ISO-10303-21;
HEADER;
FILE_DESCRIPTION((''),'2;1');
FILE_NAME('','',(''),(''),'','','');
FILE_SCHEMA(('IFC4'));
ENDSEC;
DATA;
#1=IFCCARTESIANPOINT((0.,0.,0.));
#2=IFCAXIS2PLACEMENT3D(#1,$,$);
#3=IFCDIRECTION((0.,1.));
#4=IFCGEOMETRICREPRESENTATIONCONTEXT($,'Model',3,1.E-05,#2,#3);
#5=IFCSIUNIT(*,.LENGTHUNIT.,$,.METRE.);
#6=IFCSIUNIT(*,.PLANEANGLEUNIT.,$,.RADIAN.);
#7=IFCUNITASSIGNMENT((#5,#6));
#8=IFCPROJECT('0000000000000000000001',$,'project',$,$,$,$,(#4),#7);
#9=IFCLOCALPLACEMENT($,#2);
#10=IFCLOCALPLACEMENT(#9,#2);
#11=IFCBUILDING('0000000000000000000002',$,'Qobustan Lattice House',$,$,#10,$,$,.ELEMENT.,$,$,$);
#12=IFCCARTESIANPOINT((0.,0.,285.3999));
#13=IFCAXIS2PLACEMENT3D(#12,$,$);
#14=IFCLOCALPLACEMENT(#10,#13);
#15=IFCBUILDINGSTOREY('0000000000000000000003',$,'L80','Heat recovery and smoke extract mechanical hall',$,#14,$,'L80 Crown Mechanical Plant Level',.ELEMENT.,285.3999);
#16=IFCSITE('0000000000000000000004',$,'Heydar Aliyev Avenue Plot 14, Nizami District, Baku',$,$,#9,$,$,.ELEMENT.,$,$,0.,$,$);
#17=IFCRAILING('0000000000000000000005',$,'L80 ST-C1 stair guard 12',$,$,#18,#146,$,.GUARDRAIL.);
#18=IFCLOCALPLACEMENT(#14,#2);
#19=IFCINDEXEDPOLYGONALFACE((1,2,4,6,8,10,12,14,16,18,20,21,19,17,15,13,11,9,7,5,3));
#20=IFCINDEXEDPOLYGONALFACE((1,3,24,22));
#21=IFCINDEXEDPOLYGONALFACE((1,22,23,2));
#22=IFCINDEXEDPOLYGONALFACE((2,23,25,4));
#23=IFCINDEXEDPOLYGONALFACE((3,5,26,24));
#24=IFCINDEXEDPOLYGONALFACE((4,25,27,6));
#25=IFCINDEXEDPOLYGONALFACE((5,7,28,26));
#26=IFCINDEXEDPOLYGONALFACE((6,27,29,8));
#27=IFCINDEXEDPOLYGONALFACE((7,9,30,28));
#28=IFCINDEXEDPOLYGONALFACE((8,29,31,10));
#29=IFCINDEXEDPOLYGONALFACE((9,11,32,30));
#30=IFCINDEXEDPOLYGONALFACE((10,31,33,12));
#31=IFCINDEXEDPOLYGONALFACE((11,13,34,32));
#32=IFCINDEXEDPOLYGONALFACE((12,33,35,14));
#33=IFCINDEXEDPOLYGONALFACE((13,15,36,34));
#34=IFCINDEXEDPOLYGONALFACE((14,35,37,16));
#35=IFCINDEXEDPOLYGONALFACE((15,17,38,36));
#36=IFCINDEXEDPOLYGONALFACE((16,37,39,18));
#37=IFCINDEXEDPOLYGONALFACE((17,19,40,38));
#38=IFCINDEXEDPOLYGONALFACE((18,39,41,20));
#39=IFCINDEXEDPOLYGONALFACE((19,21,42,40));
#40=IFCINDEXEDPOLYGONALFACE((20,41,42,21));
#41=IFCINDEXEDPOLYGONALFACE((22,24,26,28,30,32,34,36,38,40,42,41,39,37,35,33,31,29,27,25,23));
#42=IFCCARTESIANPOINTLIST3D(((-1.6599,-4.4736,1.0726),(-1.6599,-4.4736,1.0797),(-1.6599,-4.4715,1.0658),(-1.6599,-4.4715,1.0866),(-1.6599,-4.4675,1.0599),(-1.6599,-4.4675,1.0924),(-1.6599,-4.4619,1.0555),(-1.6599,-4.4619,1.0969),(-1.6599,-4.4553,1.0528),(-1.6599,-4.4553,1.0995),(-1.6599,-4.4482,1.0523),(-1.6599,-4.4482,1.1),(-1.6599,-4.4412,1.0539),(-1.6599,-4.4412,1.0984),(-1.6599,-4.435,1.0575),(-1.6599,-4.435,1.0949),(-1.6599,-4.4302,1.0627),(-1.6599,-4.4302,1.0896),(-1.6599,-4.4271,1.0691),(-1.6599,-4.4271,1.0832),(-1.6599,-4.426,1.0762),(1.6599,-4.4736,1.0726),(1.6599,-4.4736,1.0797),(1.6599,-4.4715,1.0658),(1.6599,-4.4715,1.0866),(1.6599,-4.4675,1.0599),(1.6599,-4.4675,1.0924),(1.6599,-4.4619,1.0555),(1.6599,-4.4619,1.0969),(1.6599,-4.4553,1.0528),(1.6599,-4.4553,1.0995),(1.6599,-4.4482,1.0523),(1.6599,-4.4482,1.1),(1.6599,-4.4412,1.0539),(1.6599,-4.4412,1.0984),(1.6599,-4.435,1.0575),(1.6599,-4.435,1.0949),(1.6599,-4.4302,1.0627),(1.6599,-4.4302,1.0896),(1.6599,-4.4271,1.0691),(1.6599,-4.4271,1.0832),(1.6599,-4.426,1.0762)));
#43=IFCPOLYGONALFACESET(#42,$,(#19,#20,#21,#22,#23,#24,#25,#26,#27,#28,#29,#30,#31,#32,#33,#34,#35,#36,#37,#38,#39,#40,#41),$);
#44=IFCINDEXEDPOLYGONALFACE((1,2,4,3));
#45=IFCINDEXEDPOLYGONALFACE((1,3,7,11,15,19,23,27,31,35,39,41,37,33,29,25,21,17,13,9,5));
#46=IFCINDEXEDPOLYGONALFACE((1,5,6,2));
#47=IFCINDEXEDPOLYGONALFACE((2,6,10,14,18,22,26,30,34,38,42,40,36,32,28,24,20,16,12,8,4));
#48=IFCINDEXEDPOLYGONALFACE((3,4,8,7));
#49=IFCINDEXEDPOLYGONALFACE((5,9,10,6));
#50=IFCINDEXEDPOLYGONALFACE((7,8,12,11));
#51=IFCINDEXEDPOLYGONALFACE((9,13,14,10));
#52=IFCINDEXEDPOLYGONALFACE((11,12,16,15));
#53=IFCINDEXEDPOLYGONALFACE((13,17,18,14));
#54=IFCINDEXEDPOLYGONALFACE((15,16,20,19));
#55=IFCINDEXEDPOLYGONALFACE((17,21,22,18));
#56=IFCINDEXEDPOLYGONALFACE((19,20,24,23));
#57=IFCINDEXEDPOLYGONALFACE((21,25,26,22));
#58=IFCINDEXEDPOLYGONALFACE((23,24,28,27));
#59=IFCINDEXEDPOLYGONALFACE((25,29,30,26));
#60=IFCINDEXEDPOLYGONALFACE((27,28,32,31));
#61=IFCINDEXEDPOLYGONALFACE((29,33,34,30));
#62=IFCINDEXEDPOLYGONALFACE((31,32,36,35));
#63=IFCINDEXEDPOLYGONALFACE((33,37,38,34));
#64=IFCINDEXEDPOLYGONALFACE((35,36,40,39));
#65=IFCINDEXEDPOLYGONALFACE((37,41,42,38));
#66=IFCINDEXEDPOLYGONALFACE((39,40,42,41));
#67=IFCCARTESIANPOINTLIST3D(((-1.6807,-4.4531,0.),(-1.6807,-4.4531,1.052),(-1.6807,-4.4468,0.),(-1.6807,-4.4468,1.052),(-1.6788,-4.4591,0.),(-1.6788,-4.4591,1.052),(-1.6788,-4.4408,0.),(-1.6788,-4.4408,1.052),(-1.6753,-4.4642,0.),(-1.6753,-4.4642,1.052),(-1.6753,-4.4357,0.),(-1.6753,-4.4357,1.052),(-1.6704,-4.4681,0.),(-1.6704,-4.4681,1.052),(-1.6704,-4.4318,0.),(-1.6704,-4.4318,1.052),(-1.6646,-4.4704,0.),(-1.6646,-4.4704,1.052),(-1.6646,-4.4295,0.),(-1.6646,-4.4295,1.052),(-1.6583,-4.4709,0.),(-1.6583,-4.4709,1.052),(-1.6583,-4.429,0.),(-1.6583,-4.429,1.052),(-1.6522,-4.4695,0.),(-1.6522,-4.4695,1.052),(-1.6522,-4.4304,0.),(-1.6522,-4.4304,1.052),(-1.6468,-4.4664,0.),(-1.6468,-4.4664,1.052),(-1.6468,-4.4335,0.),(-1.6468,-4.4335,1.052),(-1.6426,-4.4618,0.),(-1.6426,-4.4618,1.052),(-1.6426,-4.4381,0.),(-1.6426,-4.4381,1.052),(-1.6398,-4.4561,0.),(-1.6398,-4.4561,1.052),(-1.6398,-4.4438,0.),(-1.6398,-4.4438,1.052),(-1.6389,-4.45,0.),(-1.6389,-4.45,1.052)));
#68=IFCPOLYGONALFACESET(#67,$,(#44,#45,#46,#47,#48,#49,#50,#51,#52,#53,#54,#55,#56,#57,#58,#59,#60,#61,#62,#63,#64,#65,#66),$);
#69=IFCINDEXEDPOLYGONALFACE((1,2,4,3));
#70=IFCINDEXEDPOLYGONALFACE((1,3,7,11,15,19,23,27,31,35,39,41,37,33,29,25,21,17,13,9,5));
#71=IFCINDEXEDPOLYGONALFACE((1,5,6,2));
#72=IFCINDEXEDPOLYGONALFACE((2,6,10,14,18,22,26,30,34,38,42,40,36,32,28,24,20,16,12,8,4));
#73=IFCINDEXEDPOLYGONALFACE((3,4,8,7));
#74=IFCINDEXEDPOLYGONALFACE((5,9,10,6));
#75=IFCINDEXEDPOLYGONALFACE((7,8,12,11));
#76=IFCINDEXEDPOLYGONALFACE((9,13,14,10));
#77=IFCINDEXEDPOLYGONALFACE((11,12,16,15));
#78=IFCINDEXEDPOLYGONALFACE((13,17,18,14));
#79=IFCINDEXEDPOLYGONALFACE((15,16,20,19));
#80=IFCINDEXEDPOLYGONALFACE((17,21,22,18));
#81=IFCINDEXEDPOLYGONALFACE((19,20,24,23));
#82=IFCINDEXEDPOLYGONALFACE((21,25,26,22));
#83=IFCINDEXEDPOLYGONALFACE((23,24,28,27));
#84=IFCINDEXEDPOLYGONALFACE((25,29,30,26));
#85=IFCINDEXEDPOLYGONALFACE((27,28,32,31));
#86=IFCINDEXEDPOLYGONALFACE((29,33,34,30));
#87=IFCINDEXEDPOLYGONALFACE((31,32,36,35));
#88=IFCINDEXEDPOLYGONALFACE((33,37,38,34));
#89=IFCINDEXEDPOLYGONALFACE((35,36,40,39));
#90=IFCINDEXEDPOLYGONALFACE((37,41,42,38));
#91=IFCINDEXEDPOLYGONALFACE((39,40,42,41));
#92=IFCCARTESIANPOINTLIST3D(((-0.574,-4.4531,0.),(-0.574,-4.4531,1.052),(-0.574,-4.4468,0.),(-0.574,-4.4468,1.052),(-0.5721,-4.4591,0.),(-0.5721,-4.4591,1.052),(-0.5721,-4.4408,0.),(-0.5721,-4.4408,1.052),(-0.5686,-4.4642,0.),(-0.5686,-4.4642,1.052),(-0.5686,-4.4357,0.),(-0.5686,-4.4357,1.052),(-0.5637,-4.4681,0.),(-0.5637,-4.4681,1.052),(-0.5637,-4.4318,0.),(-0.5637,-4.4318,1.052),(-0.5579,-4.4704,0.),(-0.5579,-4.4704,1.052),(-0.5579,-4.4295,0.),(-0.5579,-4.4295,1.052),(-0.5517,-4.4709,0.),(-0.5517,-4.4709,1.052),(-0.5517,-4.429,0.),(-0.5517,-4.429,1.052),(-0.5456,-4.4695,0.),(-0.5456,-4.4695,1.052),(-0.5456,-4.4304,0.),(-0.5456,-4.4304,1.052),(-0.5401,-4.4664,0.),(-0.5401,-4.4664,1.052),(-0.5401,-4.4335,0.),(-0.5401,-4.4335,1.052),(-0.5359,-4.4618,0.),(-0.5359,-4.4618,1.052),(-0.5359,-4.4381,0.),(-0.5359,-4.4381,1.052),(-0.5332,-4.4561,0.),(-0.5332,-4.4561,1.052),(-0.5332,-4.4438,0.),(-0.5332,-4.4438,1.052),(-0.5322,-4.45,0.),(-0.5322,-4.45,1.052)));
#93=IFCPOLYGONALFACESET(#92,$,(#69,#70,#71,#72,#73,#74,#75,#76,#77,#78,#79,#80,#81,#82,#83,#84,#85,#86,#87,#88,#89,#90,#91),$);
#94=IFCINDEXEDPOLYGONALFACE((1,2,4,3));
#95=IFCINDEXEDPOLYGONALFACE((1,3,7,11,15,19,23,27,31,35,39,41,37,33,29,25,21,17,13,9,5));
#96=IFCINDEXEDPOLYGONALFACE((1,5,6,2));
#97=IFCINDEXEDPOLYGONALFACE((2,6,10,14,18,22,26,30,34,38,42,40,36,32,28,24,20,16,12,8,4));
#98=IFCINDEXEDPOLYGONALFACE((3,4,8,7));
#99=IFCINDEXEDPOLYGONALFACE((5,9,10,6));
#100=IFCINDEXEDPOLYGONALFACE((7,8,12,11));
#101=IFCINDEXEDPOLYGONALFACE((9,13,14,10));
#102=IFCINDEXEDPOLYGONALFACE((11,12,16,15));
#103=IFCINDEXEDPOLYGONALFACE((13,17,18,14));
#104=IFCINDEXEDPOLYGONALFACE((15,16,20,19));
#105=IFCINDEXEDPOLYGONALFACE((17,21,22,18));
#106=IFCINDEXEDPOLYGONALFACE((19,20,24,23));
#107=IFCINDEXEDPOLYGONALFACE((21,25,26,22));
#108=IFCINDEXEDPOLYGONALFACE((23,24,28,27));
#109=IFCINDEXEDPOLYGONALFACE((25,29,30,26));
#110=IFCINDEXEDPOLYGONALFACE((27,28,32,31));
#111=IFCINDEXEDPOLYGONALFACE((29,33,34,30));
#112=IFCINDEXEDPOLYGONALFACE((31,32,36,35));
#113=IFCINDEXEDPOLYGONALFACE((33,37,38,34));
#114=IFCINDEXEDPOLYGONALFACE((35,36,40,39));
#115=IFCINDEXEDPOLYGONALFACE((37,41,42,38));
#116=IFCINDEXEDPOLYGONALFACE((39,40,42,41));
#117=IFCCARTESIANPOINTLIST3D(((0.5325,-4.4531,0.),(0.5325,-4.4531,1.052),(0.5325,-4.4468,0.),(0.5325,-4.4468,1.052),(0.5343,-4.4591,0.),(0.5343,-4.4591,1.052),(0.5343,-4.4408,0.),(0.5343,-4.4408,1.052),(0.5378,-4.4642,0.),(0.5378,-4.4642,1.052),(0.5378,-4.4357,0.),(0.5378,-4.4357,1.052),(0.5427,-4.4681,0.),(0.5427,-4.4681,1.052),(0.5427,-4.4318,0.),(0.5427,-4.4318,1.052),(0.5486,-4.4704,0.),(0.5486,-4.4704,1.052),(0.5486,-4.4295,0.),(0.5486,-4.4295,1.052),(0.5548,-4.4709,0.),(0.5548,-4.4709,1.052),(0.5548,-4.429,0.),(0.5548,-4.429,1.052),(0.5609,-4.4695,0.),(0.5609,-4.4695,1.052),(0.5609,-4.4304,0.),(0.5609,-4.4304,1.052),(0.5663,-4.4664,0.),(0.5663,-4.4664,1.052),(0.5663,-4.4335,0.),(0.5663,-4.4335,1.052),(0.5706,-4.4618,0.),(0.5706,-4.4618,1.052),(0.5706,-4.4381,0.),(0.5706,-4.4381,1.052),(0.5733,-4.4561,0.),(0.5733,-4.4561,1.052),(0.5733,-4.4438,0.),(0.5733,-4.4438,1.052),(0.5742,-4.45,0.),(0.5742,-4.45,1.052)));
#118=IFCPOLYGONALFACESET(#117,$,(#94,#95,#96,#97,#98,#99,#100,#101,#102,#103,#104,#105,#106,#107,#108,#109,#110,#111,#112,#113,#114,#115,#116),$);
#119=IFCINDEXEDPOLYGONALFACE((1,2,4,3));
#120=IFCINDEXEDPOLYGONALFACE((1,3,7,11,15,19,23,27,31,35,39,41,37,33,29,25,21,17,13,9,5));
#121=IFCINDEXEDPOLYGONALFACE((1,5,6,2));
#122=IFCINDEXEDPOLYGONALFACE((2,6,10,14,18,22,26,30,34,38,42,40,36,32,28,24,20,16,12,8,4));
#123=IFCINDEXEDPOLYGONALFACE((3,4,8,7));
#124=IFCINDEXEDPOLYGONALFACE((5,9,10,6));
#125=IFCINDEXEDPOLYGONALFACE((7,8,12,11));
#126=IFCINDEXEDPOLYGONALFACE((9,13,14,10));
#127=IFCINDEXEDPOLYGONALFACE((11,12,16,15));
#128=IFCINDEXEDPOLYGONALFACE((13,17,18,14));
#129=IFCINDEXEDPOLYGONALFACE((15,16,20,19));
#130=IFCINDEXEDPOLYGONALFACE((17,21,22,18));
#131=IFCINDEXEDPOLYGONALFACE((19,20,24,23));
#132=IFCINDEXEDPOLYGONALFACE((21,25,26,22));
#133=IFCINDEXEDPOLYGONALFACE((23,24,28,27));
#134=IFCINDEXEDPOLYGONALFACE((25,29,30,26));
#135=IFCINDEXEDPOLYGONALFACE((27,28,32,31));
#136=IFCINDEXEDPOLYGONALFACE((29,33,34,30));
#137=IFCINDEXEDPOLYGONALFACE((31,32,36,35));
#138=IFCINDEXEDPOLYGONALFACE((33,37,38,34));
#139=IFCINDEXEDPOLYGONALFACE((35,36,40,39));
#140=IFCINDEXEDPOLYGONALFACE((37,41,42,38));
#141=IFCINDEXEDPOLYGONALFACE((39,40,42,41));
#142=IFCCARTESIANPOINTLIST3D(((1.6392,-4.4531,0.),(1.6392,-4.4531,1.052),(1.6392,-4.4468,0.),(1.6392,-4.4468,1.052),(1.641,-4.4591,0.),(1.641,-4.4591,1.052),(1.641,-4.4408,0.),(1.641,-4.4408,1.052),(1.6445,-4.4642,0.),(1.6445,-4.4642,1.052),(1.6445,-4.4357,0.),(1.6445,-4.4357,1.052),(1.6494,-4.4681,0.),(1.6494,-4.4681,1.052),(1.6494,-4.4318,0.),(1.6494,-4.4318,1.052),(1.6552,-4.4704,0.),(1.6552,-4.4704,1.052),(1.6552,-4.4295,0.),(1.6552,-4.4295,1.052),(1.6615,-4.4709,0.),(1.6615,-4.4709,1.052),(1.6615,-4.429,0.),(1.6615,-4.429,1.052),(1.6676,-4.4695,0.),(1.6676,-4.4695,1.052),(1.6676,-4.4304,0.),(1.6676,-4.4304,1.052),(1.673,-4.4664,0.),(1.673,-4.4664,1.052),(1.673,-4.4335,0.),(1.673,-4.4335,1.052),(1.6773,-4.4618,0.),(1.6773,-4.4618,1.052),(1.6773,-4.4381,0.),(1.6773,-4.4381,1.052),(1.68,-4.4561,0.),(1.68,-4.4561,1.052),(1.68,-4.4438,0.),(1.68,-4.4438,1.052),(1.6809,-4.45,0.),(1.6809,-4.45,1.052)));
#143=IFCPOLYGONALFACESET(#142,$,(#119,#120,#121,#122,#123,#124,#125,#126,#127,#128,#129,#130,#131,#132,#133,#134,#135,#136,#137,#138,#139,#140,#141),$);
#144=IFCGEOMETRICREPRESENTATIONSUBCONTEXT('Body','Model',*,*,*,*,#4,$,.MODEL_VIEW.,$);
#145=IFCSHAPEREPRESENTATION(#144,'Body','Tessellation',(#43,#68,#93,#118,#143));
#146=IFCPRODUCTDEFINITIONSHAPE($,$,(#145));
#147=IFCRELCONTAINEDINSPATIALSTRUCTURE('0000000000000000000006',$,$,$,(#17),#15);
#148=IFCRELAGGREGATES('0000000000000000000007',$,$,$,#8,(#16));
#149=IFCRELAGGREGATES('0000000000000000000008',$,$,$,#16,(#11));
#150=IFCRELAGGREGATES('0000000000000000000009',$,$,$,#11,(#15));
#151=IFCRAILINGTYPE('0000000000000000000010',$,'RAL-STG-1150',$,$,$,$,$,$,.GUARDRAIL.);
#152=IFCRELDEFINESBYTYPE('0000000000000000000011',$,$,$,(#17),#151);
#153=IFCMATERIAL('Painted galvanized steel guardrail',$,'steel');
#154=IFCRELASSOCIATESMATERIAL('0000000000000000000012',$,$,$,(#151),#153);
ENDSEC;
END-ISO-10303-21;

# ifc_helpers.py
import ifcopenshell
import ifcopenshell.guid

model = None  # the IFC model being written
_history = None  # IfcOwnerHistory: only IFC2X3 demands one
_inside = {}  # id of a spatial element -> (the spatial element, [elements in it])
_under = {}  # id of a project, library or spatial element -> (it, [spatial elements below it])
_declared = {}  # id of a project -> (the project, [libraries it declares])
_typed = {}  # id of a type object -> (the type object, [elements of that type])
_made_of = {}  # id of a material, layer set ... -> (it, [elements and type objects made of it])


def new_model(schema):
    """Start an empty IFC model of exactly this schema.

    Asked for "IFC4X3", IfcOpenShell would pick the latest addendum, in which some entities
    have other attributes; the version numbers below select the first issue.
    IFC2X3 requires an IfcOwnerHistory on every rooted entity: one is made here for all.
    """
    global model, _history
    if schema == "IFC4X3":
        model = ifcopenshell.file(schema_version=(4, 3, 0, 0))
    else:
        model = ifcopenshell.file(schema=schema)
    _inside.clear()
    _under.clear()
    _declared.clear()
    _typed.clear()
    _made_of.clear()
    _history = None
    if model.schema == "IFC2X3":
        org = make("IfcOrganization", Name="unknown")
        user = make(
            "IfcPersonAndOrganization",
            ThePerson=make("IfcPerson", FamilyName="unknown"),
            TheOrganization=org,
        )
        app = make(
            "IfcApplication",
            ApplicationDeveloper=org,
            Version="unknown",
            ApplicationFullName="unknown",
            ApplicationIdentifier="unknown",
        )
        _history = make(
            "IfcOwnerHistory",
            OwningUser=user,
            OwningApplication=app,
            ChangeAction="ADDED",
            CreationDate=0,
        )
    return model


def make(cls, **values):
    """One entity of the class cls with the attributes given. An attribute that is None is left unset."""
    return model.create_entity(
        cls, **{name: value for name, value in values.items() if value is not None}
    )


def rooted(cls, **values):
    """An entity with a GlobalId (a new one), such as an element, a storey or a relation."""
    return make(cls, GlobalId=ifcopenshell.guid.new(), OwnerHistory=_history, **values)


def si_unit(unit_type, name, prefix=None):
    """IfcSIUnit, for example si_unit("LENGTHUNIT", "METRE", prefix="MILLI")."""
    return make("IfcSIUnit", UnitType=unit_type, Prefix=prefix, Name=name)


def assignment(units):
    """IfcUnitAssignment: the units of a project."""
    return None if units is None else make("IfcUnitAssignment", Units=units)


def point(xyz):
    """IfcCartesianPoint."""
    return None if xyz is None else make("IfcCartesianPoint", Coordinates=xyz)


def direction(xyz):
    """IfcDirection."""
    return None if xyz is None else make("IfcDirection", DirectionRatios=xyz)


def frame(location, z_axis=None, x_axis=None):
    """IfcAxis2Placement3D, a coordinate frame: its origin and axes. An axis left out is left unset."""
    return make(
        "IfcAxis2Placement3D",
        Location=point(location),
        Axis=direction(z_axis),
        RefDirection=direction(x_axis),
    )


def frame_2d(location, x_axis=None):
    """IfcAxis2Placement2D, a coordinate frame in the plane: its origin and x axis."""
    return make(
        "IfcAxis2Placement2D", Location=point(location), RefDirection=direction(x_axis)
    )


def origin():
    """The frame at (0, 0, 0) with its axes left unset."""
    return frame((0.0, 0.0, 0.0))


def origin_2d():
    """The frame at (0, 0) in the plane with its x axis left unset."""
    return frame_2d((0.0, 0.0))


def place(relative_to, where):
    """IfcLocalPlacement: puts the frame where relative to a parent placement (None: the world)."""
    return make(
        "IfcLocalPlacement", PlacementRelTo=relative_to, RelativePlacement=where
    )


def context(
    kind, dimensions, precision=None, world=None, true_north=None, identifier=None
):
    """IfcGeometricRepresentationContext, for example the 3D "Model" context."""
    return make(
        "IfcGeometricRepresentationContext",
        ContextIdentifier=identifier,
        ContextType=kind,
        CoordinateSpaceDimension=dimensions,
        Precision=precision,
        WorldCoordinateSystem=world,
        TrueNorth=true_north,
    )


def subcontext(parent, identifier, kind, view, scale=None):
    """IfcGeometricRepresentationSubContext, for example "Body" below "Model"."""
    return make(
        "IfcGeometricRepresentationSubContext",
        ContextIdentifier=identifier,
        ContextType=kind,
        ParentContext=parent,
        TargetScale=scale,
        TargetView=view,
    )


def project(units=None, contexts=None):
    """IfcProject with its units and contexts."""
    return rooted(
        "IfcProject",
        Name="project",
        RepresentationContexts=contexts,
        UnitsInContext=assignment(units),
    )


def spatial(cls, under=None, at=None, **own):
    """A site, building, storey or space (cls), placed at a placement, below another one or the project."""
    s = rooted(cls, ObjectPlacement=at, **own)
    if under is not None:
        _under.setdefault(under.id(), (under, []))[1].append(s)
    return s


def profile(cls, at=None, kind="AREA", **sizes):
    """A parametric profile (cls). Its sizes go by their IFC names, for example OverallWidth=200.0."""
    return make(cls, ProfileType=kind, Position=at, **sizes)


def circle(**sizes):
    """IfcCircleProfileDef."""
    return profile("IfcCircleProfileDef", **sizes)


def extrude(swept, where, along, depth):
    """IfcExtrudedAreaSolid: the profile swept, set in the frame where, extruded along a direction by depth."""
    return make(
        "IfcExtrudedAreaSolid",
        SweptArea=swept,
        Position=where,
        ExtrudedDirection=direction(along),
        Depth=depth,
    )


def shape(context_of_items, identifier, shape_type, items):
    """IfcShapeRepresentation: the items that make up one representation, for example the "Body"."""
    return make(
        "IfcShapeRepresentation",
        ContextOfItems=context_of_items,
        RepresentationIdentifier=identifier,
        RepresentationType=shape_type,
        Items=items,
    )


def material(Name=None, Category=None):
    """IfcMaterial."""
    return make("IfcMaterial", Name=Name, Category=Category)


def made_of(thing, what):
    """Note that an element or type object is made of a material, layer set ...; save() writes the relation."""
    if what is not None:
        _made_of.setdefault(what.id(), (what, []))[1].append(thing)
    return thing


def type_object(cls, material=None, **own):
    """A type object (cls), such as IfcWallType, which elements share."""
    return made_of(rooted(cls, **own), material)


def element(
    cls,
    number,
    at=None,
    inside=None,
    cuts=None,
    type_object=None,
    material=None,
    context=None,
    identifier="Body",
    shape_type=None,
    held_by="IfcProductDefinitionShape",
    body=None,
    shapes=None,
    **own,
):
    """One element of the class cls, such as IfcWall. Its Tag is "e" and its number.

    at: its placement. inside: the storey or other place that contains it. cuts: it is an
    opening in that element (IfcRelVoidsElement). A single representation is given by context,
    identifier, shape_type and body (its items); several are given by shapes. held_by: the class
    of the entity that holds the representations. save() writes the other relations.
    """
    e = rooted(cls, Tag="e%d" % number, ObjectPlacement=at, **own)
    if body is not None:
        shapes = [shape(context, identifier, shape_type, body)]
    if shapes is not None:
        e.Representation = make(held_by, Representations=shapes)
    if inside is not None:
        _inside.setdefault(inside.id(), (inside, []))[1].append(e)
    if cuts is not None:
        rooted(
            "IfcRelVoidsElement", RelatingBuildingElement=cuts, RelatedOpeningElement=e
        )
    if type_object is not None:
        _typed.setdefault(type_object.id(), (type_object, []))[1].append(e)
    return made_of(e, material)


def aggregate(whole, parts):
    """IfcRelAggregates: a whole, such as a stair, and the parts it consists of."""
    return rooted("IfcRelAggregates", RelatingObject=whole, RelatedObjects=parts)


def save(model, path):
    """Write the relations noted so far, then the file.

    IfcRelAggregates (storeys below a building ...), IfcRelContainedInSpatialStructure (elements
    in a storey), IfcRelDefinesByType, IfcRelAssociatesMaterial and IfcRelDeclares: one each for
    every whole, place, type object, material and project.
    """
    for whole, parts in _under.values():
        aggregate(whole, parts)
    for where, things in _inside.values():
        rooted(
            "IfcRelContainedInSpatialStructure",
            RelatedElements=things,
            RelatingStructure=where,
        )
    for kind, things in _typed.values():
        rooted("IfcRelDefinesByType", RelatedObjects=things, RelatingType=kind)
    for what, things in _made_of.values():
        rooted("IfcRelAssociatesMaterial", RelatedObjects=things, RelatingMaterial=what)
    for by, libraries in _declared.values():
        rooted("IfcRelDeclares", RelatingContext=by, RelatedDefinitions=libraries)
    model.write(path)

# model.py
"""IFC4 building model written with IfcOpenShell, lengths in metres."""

from ifc_helpers import new_model, si_unit, direction, frame, origin, origin_2d, place, context, subcontext, project, spatial, circle, extrude, material, type_object, element, save


model = new_model("IFC4")

# Units and contexts
model_context = context("Model", 3, precision=1e-05, world=origin(), true_north=direction((0.0, 1.0)))
body_context = subcontext(model_context, "Body", "Model", "MODEL_VIEW")
ifc_project = project(units=[si_unit("LENGTHUNIT", "METRE"), si_unit("PLANEANGLEUNIT", "RADIAN")], contexts=[model_context])

# Site, building, storey
site_placement = place(None, origin())
site = spatial("IfcSite", under=ifc_project, at=site_placement, Name="Heydar Aliyev Avenue Plot 14, Nizami District, Baku", CompositionType="ELEMENT", RefElevation=0.0)
building_placement = place(site_placement, origin())
building = spatial("IfcBuilding", under=site, at=building_placement, Name="Qobustan Lattice House", CompositionType="ELEMENT")
storey_placement = place(building_placement, frame((0.0, 0.0, 285.3999)))
storey = spatial("IfcBuildingStorey", under=building, at=storey_placement, Name="L80", Description="Heat recovery and smoke extract mechanical hall", LongName="L80 Crown Mechanical Plant Level", CompositionType="ELEMENT", Elevation=285.3999)

# Railing
ifc_material_1 = material(Name="Painted galvanized steel guardrail", Category="steel")
railing_type = type_object("IfcRailingType", Name="RAL-STG-1150", PredefinedType="GUARDRAIL", material=ifc_material_1)
railing_1_placement = place(storey_placement, frame((-1.6599, -4.45, 0.0)))
element("IfcRailing", 1, at=railing_1_placement, inside=storey, type_object=railing_type, Name="L80 ST-C1 stair guard 12", PredefinedType="GUARDRAIL", context=body_context, shape_type="SweptSolid", body=[
    extrude(circle(Radius=0.0239, at=origin_2d()), frame((0.0, 0.0, 1.0762), z_axis=(1.0, 0.0, 0.0), x_axis=(0.0, 1.0, 0.0)), (0.0, 0.0, 1.0), 3.3198),
    extrude(circle(Radius=0.021, at=origin_2d()), origin(), (0.0, 0.0, 1.0), 1.052),
    extrude(circle(Radius=0.021, at=origin_2d()), frame((1.1067, 0.0, 0.0)), (0.0, 0.0, 1.0), 1.052),
    extrude(circle(Radius=0.021, at=origin_2d()), frame((2.2131, 0.0, 0.0)), (0.0, 0.0, 1.0), 1.052),
    extrude(circle(Radius=0.021, at=origin_2d()), frame((3.3198, 0.0, 0.0)), (0.0, 0.0, 1.0), 1.052),
])

save(model, "model.ifc")
